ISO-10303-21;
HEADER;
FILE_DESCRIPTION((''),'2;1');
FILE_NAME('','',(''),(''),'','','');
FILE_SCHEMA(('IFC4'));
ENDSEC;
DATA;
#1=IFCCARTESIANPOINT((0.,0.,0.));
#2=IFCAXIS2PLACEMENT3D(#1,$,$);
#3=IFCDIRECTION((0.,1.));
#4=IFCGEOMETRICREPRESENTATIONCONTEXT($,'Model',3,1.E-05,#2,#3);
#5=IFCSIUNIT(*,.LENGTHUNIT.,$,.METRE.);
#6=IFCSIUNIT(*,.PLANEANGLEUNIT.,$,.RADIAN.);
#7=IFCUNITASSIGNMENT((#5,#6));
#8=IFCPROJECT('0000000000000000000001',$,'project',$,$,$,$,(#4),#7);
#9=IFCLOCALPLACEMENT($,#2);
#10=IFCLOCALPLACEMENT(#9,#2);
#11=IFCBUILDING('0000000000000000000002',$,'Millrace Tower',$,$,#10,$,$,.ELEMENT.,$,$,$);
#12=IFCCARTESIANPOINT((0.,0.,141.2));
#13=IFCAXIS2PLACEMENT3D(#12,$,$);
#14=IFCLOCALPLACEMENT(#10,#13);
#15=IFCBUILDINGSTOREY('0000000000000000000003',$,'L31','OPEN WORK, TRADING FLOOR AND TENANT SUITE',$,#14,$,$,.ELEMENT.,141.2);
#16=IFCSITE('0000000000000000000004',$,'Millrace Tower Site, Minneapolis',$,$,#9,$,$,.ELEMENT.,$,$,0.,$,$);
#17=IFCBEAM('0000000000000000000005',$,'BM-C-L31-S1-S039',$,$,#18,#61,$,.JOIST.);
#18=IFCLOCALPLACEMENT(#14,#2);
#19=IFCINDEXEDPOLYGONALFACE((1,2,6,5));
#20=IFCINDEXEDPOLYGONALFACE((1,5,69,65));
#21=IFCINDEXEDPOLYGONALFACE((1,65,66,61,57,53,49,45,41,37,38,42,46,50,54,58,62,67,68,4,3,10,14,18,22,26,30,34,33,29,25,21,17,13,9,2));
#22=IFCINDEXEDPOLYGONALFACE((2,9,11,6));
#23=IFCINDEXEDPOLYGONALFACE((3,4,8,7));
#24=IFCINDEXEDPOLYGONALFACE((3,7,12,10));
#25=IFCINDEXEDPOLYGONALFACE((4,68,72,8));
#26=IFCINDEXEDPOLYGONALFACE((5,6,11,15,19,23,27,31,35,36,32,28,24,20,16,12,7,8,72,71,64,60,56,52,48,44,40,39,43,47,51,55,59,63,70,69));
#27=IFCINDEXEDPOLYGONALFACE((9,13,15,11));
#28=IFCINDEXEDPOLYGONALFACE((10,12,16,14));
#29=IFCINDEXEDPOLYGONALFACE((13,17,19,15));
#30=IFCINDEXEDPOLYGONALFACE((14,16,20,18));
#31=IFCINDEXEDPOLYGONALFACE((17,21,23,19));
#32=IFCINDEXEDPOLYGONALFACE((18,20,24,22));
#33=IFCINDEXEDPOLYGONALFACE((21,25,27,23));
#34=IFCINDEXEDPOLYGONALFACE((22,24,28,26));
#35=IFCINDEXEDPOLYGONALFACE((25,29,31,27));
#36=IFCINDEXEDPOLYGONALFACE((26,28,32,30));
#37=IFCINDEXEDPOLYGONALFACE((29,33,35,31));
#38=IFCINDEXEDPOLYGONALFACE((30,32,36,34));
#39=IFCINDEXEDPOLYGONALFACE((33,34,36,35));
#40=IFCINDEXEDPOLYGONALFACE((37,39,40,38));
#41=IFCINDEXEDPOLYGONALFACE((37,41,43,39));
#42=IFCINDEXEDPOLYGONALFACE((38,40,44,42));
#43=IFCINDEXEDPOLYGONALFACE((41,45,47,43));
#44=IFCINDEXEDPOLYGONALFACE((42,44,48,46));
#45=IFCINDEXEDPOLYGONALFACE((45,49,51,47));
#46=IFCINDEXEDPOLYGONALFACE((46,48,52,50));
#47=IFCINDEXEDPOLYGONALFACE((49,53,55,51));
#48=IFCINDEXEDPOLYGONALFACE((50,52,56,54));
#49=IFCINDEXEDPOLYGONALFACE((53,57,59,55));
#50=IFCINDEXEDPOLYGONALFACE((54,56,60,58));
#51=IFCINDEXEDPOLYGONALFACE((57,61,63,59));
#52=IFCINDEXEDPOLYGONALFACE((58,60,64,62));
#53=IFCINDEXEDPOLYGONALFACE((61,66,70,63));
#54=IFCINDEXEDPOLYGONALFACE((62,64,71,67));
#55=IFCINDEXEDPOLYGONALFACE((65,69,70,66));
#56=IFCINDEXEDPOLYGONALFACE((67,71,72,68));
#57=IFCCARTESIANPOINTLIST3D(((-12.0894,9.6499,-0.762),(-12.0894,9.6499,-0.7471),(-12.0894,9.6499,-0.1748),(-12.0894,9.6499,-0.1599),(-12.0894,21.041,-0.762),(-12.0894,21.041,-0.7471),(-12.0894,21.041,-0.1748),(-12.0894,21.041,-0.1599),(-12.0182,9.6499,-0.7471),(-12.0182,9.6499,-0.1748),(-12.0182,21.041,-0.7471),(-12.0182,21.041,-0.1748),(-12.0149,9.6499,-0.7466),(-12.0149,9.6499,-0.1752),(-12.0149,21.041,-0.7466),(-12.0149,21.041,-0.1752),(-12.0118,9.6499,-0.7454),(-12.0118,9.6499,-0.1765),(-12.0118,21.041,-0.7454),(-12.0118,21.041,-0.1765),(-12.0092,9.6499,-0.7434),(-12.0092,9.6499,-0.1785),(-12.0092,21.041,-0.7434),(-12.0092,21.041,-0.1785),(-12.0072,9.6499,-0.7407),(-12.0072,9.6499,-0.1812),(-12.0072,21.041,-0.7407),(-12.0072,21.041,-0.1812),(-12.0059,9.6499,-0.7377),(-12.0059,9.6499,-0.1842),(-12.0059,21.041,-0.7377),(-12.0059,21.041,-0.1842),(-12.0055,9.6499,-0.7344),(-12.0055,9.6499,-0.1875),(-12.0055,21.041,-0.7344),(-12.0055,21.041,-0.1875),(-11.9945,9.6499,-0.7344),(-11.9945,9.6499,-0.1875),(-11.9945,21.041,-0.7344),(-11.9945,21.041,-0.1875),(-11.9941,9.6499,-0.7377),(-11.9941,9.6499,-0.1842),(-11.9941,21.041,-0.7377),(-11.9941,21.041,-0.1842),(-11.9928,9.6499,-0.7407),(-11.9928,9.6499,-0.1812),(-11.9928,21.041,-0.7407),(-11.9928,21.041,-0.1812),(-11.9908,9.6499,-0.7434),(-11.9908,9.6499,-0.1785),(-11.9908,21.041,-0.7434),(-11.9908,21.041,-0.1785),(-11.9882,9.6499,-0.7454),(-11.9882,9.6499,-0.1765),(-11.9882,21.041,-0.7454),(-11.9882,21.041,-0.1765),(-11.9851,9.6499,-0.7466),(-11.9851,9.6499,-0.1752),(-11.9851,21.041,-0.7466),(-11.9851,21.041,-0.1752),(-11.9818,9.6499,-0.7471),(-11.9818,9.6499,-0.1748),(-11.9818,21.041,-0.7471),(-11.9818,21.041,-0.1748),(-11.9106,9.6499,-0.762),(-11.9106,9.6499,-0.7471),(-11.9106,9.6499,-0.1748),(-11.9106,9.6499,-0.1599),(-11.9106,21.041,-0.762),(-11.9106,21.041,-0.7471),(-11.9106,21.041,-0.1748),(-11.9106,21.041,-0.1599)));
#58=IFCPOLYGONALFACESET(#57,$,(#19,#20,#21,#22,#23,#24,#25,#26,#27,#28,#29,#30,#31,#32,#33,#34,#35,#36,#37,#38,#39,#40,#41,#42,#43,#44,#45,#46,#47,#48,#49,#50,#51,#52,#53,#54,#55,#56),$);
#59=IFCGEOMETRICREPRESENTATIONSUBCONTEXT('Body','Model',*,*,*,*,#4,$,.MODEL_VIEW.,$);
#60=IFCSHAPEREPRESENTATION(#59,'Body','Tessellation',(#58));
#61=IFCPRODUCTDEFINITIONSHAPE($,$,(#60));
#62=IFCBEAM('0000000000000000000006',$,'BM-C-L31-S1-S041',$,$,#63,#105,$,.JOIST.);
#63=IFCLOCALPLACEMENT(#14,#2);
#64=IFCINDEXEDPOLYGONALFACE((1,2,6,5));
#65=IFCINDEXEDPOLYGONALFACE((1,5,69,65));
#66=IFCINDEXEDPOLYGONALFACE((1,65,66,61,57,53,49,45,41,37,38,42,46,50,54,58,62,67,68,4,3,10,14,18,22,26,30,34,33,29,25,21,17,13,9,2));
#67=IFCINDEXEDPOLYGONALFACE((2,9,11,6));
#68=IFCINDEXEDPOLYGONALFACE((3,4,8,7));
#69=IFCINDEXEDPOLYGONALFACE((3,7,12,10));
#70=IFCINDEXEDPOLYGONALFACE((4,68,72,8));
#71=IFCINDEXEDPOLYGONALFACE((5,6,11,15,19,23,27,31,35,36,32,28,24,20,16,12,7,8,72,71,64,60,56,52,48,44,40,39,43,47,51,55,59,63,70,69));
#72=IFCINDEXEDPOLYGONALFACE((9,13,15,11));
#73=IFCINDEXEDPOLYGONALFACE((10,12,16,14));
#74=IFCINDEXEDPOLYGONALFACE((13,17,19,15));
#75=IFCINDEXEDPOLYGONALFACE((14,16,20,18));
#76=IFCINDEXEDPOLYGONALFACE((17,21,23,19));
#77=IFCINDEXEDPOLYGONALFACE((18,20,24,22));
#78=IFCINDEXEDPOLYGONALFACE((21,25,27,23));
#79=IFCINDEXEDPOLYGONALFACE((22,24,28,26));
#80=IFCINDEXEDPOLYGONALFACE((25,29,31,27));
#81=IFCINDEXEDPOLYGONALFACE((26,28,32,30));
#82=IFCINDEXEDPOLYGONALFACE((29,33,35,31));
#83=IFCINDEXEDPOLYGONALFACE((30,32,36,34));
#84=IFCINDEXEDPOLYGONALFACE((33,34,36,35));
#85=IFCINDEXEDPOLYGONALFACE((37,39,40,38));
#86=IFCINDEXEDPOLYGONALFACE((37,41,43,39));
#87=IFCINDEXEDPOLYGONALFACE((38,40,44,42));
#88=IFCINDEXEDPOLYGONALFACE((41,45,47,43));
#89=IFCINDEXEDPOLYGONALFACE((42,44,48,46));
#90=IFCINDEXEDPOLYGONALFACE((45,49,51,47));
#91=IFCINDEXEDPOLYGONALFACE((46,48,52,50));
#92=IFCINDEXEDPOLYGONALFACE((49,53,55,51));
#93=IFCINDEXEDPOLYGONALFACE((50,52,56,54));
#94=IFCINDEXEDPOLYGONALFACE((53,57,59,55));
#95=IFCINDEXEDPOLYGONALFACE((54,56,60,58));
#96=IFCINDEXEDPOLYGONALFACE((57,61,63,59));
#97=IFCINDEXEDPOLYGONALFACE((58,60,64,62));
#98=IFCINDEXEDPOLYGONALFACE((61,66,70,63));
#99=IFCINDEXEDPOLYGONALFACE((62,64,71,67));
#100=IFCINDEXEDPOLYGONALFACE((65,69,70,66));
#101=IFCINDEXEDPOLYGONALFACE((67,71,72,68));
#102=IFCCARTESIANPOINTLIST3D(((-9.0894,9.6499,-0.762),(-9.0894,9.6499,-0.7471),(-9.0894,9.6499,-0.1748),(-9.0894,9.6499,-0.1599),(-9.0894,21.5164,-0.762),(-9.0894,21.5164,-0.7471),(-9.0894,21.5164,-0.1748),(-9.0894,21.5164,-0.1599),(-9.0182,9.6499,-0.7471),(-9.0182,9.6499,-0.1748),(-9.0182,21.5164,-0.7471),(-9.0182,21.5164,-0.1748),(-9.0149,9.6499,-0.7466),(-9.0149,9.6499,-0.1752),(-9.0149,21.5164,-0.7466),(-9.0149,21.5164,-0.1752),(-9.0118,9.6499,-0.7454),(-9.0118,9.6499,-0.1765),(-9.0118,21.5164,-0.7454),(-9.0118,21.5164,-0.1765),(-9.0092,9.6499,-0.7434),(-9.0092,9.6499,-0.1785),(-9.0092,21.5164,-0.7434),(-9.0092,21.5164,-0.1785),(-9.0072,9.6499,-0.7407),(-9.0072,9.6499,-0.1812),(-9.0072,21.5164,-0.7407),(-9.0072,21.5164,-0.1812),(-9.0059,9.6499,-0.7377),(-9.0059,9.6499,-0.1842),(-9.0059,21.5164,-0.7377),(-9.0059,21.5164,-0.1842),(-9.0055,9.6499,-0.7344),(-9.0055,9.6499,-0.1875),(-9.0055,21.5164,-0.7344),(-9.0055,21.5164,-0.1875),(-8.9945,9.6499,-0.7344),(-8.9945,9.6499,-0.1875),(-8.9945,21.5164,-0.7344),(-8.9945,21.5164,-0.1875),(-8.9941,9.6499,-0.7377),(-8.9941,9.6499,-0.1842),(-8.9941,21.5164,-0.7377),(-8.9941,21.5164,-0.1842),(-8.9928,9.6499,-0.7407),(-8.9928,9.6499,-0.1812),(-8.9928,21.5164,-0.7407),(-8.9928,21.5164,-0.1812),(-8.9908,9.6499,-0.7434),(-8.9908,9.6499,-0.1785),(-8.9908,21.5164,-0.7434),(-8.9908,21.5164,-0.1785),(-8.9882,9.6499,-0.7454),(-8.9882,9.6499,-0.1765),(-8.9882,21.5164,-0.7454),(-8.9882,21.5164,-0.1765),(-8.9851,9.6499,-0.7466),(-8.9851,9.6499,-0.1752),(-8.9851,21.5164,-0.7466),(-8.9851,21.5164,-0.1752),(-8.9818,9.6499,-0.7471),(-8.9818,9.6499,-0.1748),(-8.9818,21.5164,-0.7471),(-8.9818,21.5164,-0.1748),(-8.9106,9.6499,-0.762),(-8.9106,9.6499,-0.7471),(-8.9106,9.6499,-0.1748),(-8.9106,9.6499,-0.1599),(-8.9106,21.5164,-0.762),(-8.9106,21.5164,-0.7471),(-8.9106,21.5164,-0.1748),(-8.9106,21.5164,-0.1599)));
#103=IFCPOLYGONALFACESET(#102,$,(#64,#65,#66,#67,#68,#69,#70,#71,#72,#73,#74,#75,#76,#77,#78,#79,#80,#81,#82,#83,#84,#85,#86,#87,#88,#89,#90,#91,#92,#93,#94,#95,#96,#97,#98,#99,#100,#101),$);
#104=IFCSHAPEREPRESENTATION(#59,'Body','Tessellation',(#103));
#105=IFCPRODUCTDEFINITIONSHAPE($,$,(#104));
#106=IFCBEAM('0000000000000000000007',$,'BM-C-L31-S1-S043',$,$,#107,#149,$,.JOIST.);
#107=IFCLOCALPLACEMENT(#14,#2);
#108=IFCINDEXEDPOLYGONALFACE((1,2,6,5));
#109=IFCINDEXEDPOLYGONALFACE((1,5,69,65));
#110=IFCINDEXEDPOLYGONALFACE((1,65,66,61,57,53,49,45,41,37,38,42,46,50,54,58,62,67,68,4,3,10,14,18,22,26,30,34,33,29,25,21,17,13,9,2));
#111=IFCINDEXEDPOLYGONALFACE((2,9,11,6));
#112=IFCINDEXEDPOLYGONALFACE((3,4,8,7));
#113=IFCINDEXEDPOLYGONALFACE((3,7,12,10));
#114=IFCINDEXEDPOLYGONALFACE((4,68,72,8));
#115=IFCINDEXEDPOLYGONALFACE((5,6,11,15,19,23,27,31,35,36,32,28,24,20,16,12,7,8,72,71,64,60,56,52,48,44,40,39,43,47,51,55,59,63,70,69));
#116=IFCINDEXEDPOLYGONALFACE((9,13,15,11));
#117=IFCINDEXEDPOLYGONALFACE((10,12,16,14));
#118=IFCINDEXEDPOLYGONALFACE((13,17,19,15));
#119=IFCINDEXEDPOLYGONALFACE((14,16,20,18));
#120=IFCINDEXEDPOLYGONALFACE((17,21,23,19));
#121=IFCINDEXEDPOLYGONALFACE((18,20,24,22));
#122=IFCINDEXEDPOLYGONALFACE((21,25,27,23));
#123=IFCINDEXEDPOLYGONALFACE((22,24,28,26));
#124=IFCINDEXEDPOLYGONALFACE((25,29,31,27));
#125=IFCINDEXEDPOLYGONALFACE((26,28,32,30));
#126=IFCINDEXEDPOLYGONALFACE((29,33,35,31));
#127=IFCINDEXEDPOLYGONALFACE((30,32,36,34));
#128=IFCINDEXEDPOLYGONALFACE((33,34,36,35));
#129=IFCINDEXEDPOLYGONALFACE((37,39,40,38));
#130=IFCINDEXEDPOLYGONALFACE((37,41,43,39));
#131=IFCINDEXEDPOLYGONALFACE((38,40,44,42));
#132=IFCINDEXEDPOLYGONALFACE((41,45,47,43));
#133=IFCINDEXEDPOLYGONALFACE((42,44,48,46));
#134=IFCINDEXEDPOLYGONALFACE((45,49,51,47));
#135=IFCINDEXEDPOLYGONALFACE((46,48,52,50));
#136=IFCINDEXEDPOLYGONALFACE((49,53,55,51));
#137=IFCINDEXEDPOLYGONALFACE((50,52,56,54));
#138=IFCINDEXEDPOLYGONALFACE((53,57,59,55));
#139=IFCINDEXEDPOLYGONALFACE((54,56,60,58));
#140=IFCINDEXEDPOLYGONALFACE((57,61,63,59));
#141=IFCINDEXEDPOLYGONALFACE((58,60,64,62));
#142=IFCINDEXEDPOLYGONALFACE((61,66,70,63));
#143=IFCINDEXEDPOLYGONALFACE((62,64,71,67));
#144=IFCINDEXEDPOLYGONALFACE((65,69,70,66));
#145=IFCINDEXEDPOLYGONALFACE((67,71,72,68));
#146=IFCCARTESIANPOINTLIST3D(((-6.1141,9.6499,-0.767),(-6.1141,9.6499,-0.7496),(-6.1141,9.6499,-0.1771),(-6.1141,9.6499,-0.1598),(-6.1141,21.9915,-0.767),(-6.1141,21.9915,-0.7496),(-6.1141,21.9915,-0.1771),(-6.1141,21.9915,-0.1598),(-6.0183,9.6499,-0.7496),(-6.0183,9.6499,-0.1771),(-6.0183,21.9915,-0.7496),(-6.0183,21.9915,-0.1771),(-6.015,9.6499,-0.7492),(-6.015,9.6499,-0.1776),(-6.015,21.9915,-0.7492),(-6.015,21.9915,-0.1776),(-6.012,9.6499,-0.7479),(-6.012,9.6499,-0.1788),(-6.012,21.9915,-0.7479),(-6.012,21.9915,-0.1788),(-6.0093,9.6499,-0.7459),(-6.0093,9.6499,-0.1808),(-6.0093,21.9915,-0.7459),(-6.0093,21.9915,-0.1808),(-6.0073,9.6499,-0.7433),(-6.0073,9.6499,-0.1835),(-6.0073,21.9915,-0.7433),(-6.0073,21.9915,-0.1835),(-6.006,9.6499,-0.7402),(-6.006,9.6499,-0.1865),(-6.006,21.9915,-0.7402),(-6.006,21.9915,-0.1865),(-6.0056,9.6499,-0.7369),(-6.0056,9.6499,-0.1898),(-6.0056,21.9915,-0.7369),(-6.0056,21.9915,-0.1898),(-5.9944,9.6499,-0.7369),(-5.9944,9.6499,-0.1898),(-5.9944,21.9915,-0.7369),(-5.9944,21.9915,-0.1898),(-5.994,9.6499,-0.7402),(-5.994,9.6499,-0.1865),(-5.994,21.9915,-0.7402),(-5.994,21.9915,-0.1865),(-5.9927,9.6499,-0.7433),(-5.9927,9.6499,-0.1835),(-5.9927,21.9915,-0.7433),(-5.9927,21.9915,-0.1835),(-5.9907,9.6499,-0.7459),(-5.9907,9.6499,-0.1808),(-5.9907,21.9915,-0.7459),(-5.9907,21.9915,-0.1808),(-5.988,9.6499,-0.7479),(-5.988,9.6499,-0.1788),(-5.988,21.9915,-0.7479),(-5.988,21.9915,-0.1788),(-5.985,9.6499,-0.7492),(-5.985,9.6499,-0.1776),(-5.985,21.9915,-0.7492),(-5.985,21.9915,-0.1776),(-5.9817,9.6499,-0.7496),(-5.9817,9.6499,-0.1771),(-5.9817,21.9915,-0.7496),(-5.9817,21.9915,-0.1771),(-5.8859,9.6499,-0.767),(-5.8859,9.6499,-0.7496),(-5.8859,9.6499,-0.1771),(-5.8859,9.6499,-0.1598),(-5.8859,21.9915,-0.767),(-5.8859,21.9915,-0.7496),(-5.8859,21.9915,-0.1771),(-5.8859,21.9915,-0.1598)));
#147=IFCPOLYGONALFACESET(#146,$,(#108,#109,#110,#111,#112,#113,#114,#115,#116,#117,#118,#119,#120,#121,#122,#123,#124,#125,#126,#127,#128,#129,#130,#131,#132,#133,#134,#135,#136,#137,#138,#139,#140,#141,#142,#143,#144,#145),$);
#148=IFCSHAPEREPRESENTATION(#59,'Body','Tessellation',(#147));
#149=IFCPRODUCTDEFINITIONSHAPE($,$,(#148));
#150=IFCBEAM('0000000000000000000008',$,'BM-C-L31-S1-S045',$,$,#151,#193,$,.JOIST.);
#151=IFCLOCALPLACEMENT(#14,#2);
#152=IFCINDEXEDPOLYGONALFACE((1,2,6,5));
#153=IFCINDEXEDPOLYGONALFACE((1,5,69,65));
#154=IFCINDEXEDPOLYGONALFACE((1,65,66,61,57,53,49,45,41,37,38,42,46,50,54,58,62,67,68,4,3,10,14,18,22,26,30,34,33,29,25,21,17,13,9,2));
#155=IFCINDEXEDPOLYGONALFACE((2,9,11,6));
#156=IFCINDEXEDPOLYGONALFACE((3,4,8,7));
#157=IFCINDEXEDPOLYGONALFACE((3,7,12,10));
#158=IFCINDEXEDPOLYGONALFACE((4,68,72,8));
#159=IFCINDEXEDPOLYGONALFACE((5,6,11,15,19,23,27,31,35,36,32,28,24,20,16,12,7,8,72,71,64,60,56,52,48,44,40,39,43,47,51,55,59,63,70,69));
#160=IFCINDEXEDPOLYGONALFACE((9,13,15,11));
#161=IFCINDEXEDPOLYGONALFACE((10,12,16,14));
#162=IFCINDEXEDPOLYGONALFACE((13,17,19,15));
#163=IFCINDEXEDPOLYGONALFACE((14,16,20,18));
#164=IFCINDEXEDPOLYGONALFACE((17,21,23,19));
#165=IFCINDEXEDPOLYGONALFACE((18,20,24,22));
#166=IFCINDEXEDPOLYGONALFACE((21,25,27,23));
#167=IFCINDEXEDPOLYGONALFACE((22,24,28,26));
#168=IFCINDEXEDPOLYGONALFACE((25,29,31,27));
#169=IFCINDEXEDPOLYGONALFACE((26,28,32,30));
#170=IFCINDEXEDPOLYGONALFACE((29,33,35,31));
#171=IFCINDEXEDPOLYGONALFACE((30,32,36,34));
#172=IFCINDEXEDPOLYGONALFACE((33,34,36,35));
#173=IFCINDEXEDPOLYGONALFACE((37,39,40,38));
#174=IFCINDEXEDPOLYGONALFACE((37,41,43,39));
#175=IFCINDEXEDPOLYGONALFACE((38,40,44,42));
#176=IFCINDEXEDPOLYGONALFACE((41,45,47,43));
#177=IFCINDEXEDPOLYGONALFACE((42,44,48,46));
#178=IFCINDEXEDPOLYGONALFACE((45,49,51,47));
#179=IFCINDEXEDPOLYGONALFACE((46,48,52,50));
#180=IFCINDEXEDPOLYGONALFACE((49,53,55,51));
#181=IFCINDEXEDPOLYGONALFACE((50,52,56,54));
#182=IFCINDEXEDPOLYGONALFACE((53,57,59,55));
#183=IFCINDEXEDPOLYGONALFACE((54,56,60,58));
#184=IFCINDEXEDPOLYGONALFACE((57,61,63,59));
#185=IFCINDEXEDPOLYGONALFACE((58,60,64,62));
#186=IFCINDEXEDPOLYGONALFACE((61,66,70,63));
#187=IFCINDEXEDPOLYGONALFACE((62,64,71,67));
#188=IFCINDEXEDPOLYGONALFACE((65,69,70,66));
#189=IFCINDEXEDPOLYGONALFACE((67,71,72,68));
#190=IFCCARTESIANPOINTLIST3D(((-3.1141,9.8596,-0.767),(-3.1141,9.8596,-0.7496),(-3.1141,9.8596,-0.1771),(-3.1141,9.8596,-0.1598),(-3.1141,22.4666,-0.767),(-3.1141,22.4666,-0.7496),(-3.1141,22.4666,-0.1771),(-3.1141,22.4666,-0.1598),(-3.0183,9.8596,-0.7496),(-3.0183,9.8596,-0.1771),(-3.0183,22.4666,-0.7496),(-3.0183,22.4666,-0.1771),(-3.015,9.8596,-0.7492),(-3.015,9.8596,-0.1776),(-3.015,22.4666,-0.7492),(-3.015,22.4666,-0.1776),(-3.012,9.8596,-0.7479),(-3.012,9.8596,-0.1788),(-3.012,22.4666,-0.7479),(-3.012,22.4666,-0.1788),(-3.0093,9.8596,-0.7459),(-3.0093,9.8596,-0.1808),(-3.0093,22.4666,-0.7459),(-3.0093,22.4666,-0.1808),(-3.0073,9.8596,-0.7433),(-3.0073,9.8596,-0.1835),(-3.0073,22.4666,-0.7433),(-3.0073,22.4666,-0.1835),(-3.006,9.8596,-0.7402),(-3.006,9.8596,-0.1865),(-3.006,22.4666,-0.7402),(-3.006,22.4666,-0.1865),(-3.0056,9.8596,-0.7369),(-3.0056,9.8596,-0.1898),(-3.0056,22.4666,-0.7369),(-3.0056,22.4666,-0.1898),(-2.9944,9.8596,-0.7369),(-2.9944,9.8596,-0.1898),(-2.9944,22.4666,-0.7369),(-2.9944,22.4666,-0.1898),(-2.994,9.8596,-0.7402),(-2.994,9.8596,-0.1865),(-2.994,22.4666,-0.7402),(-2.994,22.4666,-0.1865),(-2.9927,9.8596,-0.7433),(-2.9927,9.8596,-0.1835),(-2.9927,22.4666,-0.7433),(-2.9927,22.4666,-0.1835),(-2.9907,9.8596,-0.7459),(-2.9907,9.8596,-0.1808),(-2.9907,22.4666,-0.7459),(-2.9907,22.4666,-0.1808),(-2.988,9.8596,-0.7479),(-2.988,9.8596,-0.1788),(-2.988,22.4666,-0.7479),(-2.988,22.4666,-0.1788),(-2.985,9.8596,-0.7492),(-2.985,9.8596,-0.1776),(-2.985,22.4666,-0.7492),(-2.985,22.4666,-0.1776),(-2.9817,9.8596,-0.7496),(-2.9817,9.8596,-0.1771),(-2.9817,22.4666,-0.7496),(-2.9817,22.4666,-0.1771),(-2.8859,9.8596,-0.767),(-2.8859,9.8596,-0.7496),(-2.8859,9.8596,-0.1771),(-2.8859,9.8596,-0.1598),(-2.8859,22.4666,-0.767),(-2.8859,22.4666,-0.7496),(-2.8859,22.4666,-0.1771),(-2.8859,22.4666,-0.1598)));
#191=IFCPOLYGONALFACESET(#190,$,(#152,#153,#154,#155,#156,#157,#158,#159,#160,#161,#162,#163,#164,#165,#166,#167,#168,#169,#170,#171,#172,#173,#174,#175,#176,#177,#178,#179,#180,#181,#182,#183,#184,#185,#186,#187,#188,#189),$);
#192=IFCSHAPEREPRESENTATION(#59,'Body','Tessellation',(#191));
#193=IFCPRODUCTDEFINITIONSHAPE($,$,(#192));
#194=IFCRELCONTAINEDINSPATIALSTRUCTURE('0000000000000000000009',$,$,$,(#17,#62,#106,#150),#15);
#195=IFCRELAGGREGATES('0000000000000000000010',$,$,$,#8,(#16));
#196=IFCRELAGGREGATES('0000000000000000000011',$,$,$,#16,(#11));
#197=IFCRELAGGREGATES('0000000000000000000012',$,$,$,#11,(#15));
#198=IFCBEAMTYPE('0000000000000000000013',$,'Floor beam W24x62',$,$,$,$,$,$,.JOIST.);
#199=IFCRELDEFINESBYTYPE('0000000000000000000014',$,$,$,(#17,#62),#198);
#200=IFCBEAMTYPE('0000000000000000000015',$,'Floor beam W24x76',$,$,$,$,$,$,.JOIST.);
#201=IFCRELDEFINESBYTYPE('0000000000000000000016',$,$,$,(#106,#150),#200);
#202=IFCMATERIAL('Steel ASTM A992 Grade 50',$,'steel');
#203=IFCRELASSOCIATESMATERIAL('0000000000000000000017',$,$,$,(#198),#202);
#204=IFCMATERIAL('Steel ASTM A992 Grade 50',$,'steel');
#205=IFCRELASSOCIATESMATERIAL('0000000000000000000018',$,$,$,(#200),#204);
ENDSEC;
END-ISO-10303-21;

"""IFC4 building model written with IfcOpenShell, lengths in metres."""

from ifc_helpers import new_model, si_unit, direction, frame, origin, origin_2d, place, context, subcontext, project, spatial, i_section, extrude, material, material_profile, profile_set, type_object, element, save


model = new_model("IFC4")

# Units and contexts
model_context = context("Model", 3, precision=1e-05, world=origin(), true_north=direction((0.0, 1.0)))
body_context = subcontext(model_context, "Body", "Model", "MODEL_VIEW")
ifc_project = project(units=[si_unit("LENGTHUNIT", "METRE"), si_unit("PLANEANGLEUNIT", "RADIAN")], contexts=[model_context])

# Site, building, storey
site_placement = place(None, origin())
site = spatial("IfcSite", under=ifc_project, at=site_placement, Name="Millrace Tower Site, Minneapolis", CompositionType="ELEMENT", RefElevation=0.0)
building_placement = place(site_placement, origin())
building = spatial("IfcBuilding", under=site, at=building_placement, Name="Millrace Tower", CompositionType="ELEMENT")
storey_placement = place(building_placement, frame((0.0, 0.0, 141.2)))
storey = spatial("IfcBuildingStorey", under=building, at=storey_placement, Name="L31", Description="OPEN WORK, TRADING FLOOR AND TENANT SUITE", CompositionType="ELEMENT", Elevation=141.2)

# Beams
ifc_material_1 = material(Name="Steel ASTM A992 Grade 50", Category="steel")
ifc_material_profile_1 = material_profile(ifc_material_1, i_section(OverallWidth=0.1787, OverallDepth=0.6021, WebThickness=0.011, FlangeThickness=0.0149, FilletRadius=0.0127, at=origin_2d()))
ifc_profile_set_1 = profile_set([ifc_material_profile_1], Name="Steel ASTM A992 Grade 50")
beam_type_1 = type_object("IfcBeamType", Name="Floor beam W24x62", PredefinedType="JOIST", material=ifc_profile_set_1)
beam_1_placement = place(storey_placement, frame((-12.0, 9.6499, -0.4609), z_axis=(0.0, 1.0, 0.0), x_axis=(-1.0, 0.0, 0.0)))
element("IfcBeam", 1, at=beam_1_placement, inside=storey, type_object=beam_type_1, Name="BM-C-L31-S1-S039", PredefinedType="JOIST", context=body_context, shape_type="SweptSolid", body=[
    extrude(i_section(OverallWidth=0.1787, OverallDepth=0.6021, WebThickness=0.011, FlangeThickness=0.0149, FilletRadius=0.0127, at=origin_2d()), origin(), (0.0, 0.0, 1.0), 11.3911),
])
beam_2_placement = place(storey_placement, frame((-9.0, 9.6499, -0.4609), z_axis=(0.0, 1.0, 0.0), x_axis=(-1.0, 0.0, 0.0)))
element("IfcBeam", 2, at=beam_2_placement, inside=storey, type_object=beam_type_1, Name="BM-C-L31-S1-S041", PredefinedType="JOIST", context=body_context, shape_type="SweptSolid", body=[
    extrude(i_section(OverallWidth=0.1787, OverallDepth=0.6021, WebThickness=0.011, FlangeThickness=0.0149, FilletRadius=0.0127, at=origin_2d()), origin(), (0.0, 0.0, 1.0), 11.8665),
])
ifc_material_2 = material(Name="Steel ASTM A992 Grade 50", Category="steel")
ifc_material_profile_2 = material_profile(ifc_material_2, i_section(OverallWidth=0.2283, OverallDepth=0.6072, WebThickness=0.0112, FlangeThickness=0.0173, FilletRadius=0.0127, at=origin_2d()))
ifc_profile_set_2 = profile_set([ifc_material_profile_2], Name="Steel ASTM A992 Grade 50")
beam_type_2 = type_object("IfcBeamType", Name="Floor beam W24x76", PredefinedType="JOIST", material=ifc_profile_set_2)
beam_3_placement = place(storey_placement, frame((-6.0, 9.6499, -0.4634), z_axis=(0.0, 1.0, 0.0), x_axis=(-1.0, 0.0, 0.0)))
element("IfcBeam", 3, at=beam_3_placement, inside=storey, type_object=beam_type_2, Name="BM-C-L31-S1-S043", PredefinedType="JOIST", context=body_context, shape_type="SweptSolid", body=[
    extrude(i_section(OverallWidth=0.2283, OverallDepth=0.6072, WebThickness=0.0112, FlangeThickness=0.0173, FilletRadius=0.0127, at=origin_2d()), origin(), (0.0, 0.0, 1.0), 12.3416),
])
beam_4_placement = place(storey_placement, frame((-3.0, 9.8596, -0.4634), z_axis=(0.0, 1.0, 0.0), x_axis=(-1.0, 0.0, 0.0)))
element("IfcBeam", 4, at=beam_4_placement, inside=storey, type_object=beam_type_2, Name="BM-C-L31-S1-S045", PredefinedType="JOIST", context=body_context, shape_type="SweptSolid", body=[
    extrude(i_section(OverallWidth=0.2283, OverallDepth=0.6072, WebThickness=0.0112, FlangeThickness=0.0173, FilletRadius=0.0127, at=origin_2d()), origin(), (0.0, 0.0, 1.0), 12.6069),
])

save(model, "model.ifc")
